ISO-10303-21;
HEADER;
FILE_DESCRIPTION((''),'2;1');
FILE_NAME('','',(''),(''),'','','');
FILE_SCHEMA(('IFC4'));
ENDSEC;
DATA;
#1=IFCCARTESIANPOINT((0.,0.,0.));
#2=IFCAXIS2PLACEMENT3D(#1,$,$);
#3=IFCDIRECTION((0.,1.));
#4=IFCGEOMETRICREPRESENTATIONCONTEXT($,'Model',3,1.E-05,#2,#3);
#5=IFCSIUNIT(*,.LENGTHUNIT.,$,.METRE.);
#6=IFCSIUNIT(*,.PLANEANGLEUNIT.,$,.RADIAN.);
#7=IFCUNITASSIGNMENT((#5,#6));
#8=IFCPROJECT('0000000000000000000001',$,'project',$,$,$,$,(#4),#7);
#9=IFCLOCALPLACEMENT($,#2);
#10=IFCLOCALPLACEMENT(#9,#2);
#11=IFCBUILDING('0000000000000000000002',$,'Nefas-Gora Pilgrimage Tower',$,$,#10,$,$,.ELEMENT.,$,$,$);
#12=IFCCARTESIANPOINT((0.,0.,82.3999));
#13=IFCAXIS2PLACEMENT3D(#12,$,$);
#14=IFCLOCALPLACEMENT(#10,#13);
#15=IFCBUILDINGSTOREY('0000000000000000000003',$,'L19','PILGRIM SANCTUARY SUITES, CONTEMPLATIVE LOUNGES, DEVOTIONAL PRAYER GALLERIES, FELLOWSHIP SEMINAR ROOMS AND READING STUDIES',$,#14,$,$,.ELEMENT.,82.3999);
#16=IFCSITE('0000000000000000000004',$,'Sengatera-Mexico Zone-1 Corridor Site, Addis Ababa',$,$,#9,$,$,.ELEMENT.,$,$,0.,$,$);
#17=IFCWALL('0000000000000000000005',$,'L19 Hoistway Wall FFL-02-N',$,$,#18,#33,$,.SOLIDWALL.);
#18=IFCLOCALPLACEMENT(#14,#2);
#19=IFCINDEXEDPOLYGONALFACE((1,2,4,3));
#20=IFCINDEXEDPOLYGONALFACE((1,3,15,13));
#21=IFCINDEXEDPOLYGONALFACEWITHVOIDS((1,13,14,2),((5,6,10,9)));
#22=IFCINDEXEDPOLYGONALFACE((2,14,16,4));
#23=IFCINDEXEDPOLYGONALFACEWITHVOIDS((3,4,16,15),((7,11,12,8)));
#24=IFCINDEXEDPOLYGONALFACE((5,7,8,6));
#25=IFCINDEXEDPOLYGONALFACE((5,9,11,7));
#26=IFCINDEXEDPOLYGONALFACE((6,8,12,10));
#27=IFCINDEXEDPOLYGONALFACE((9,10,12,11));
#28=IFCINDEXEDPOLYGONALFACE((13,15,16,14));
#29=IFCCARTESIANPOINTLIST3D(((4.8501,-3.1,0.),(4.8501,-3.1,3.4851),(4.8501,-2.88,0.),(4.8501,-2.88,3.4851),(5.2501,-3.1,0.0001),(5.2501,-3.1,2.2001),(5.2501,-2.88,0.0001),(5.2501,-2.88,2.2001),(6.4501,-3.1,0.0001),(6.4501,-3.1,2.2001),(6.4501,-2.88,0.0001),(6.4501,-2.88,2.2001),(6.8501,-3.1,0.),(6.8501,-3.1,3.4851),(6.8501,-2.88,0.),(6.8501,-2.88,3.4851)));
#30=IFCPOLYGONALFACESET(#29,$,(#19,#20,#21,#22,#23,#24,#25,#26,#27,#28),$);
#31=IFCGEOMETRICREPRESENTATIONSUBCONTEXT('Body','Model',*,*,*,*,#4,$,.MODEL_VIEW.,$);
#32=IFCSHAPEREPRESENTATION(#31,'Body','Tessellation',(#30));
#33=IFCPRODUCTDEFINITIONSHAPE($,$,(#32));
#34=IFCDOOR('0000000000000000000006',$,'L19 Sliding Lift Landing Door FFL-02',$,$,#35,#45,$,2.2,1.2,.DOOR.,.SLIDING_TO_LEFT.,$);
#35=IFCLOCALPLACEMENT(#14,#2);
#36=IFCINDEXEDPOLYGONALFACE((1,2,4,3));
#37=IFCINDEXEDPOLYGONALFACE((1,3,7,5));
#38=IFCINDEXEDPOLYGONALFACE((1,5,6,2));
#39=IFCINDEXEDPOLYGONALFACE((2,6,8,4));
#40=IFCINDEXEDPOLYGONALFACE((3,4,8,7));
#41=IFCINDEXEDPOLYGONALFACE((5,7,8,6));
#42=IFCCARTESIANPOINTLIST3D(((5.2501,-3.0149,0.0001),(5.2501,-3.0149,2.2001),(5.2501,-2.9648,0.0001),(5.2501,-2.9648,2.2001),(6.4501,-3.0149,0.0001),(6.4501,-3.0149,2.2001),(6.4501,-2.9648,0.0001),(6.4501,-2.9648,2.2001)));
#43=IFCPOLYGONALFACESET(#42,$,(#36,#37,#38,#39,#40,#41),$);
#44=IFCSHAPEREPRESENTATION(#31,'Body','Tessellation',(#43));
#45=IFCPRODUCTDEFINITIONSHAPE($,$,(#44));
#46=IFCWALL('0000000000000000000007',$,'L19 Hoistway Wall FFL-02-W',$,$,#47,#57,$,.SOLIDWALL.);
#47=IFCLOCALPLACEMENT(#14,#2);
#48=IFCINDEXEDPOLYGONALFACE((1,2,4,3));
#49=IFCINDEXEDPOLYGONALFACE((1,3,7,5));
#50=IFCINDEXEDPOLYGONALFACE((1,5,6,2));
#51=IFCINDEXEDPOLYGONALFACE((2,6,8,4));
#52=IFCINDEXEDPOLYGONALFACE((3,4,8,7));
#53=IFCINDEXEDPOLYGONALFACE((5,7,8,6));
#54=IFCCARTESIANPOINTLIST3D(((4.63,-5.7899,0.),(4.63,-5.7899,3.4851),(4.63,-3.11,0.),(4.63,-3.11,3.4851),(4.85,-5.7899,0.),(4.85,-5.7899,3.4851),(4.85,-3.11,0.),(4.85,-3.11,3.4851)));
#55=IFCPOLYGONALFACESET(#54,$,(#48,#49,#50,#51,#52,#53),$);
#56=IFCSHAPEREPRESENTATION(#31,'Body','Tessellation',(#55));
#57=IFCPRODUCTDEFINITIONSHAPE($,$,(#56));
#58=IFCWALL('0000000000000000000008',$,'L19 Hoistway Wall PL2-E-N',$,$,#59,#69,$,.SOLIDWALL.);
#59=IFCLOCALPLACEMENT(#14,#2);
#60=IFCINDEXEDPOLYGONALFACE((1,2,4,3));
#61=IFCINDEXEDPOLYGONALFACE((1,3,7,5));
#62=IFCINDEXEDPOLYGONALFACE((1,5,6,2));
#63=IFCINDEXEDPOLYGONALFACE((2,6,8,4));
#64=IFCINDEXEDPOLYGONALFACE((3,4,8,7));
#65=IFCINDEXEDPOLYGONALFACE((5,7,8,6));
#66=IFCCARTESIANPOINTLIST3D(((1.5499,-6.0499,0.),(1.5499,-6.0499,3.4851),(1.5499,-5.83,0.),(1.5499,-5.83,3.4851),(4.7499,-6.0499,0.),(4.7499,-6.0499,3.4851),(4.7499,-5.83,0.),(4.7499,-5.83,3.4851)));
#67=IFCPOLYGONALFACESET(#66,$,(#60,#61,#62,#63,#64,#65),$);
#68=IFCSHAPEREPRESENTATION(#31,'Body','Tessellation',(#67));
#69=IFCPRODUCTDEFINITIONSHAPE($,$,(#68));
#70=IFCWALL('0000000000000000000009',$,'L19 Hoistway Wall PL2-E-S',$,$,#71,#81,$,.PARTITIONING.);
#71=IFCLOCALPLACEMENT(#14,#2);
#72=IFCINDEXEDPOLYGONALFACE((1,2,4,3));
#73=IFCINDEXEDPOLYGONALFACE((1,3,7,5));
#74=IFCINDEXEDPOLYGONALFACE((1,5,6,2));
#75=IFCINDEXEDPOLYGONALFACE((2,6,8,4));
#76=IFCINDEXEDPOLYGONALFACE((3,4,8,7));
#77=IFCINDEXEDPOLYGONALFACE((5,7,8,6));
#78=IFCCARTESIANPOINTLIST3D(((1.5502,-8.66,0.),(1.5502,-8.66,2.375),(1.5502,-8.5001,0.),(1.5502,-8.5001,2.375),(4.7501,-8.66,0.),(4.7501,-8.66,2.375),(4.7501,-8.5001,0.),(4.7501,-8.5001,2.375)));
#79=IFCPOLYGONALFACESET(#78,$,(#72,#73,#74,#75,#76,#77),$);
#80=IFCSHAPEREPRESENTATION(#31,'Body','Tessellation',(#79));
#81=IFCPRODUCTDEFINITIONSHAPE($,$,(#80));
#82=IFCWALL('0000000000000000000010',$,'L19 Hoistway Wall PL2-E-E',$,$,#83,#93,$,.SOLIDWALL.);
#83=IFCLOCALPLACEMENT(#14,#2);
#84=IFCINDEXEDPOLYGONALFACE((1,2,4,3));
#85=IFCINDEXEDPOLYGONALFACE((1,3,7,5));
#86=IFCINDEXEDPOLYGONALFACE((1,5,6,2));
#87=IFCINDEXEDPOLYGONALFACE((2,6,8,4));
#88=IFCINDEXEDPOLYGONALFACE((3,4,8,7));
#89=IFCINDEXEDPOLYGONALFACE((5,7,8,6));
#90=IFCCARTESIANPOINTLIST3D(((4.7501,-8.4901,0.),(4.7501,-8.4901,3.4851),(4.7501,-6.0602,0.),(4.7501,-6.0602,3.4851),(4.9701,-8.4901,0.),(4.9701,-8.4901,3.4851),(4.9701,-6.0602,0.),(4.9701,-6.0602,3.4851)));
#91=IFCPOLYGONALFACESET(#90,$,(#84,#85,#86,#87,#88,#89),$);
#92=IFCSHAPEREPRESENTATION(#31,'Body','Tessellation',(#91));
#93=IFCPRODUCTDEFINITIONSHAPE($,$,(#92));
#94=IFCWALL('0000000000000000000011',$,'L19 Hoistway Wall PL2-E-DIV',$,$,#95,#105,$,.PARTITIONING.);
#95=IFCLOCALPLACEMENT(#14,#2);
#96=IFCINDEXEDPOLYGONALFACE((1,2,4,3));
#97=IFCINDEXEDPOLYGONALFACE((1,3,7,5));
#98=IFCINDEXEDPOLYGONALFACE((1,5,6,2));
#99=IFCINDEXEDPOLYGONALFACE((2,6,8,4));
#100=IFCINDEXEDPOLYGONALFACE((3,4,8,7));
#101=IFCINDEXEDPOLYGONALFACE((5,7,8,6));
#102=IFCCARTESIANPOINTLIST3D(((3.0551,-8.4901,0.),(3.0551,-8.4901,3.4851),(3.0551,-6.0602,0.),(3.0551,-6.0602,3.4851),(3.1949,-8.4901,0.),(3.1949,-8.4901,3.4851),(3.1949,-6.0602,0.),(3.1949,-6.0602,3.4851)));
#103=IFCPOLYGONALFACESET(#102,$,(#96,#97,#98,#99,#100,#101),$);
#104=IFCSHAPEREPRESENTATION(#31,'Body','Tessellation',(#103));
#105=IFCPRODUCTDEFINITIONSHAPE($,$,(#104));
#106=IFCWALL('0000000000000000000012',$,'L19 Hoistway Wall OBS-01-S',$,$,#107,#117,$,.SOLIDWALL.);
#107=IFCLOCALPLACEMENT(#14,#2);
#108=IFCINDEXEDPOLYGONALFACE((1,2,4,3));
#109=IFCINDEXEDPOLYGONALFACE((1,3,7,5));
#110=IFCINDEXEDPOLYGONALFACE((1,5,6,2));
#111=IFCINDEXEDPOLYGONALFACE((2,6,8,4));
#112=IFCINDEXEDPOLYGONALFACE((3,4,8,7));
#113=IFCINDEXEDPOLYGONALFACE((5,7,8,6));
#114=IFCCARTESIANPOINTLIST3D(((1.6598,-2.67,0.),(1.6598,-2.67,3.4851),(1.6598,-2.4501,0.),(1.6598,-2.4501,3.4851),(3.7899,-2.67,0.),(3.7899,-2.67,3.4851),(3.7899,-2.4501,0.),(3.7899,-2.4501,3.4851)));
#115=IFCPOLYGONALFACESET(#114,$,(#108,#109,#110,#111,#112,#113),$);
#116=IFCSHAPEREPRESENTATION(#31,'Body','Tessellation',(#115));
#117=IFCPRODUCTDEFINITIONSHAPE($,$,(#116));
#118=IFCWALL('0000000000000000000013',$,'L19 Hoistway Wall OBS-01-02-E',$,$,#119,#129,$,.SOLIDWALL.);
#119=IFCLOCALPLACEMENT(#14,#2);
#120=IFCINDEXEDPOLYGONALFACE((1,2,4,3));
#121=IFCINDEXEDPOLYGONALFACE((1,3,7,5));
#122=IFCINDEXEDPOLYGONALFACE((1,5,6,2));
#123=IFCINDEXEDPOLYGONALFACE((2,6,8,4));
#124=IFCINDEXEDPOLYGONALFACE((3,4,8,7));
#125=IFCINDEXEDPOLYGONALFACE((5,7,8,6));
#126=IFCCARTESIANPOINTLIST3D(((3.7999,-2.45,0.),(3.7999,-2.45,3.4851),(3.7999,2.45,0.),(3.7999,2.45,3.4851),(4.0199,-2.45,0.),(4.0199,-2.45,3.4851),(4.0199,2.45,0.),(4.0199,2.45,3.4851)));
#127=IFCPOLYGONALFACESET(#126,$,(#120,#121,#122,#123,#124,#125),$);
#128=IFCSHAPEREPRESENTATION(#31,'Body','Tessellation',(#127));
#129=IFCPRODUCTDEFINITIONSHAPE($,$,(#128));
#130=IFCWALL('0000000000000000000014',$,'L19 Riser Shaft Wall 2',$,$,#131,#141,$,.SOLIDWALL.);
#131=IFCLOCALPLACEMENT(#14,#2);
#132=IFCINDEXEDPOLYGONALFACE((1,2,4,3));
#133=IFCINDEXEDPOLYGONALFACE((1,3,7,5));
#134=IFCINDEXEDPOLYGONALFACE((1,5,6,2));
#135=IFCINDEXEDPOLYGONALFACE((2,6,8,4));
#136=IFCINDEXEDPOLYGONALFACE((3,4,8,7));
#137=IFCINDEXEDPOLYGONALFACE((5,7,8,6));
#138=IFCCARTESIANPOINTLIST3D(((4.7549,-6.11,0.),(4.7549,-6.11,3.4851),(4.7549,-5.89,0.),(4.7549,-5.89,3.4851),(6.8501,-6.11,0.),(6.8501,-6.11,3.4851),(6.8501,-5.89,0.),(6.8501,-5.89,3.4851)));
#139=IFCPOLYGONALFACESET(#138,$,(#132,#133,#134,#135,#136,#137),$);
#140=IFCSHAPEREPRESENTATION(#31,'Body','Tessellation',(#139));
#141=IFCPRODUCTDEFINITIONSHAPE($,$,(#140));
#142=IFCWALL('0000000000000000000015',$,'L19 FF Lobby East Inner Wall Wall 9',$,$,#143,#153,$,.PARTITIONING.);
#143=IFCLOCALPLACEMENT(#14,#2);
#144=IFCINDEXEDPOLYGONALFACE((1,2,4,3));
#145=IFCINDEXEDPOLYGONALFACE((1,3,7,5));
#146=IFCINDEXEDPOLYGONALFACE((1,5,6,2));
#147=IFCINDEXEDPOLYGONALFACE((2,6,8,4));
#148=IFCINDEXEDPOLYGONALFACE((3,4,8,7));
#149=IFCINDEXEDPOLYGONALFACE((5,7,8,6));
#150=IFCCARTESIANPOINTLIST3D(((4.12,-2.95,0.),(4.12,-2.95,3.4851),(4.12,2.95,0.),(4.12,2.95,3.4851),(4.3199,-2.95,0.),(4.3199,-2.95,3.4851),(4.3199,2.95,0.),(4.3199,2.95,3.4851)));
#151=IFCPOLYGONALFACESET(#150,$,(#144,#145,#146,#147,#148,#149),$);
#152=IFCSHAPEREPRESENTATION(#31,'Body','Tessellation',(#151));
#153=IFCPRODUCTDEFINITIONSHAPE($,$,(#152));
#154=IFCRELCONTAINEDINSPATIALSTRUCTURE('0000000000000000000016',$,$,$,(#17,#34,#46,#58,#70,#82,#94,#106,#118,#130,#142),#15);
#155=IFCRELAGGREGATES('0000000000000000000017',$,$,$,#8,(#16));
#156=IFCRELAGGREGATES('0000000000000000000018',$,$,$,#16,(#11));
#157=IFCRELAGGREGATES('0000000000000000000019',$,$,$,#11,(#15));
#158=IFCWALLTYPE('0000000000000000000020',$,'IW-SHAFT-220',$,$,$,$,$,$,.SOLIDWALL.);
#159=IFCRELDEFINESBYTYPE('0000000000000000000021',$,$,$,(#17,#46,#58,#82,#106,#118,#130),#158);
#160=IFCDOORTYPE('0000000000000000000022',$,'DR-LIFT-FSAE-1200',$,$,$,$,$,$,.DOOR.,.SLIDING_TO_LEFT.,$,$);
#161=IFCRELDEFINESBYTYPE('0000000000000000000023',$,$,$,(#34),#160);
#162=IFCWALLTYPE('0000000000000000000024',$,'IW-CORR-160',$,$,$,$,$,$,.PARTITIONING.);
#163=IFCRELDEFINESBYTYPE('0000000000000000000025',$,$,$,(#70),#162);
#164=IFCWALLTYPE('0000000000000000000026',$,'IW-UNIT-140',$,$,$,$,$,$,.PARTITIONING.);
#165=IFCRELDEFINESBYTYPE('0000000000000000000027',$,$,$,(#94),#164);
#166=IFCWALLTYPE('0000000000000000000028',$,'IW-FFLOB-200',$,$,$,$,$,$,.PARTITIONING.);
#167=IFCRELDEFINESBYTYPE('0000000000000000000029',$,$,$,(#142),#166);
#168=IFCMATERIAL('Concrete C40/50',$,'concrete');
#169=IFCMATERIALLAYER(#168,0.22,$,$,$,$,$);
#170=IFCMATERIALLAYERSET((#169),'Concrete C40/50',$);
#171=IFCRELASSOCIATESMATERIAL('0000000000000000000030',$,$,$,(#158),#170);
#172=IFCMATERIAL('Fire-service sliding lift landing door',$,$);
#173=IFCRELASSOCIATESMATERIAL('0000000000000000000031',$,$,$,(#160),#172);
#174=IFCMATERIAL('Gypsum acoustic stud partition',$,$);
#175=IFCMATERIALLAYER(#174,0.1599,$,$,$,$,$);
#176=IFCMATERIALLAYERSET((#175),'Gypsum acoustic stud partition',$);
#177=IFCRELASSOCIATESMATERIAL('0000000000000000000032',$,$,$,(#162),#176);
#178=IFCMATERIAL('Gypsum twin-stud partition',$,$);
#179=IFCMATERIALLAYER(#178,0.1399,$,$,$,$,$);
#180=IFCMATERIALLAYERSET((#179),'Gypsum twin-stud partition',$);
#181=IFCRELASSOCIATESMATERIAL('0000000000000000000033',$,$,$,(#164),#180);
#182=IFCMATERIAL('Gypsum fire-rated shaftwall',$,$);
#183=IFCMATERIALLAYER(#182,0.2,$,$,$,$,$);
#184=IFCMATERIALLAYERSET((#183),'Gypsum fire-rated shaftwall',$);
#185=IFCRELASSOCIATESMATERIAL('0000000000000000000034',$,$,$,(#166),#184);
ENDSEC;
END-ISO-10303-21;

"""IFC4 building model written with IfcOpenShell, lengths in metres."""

from ifc_helpers import new_model, si_unit, direction, frame, frame_2d, origin, place, context, subcontext, project, spatial, rectangle, extrude, source, transform, mapped, material, layer, layer_set, type_object, element, fill, save


model = new_model("IFC4")

# Units and contexts
model_context = context("Model", 3, precision=1e-05, world=origin(), true_north=direction((0.0, 1.0)))
body_context = subcontext(model_context, "Body", "Model", "MODEL_VIEW")
ifc_project = project(units=[si_unit("LENGTHUNIT", "METRE"), si_unit("PLANEANGLEUNIT", "RADIAN")], contexts=[model_context])

# Site, building, storey
site_placement = place(None, origin())
site = spatial("IfcSite", under=ifc_project, at=site_placement, Name="Sengatera-Mexico Zone-1 Corridor Site, Addis Ababa", CompositionType="ELEMENT", RefElevation=0.0)
building_placement = place(site_placement, origin())
building = spatial("IfcBuilding", under=site, at=building_placement, Name="Nefas-Gora Pilgrimage Tower", CompositionType="ELEMENT")
storey_placement = place(building_placement, frame((0.0, 0.0, 82.3999)))
storey = spatial("IfcBuildingStorey", under=building, at=storey_placement, Name="L19", Description="PILGRIM SANCTUARY SUITES, CONTEMPLATIVE LOUNGES, DEVOTIONAL PRAYER GALLERIES, FELLOWSHIP SEMINAR ROOMS AND READING STUDIES", CompositionType="ELEMENT", Elevation=82.3999)

# Wall, opening, door
ifc_material_1 = material(Name="Concrete C40/50", Category="concrete")
ifc_layer_1 = layer(ifc_material_1, 0.22)
ifc_layer_set_1 = layer_set([ifc_layer_1], Name="Concrete C40/50")
wall_type_1 = type_object("IfcWallType", Name="IW-SHAFT-220", PredefinedType="SOLIDWALL", material=ifc_layer_set_1)
shared_shape_1 = source(origin(), body_context, "Body", "SweptSolid", [
    extrude(rectangle(XDim=2.0, YDim=0.22, at=frame_2d((1.0, 0.0))), origin(), (0.0, 0.0, 1.0), 3.4851),
])
wall_1_placement = place(storey_placement, frame((6.8501, -2.99, 0.0), z_axis=(0.0, 0.0, 1.0), x_axis=(-1.0, 0.0, 0.0)))
wall_1 = element("IfcWall", 1, at=wall_1_placement, inside=storey, type_object=wall_type_1, Name="L19 Hoistway Wall FFL-02-N", PredefinedType="SOLIDWALL", context=body_context, shape_type="MappedRepresentation", body=[
    mapped(shared_shape_1, transform((0.0, 0.0, 0.0), x_axis=(1.0, 0.0, 0.0), y_axis=(0.0, 1.0, 0.0), z_axis=(0.0, 0.0, 1.0), scale=1.0)),
])
opening_1_placement = place(wall_1_placement, frame((0.3999, 0.0, 0.0)))
opening_1 = element("IfcOpeningElement", 2, at=opening_1_placement, cuts=wall_1, PredefinedType="OPENING", context=body_context, shape_type="SweptSolid", body=[
    extrude(rectangle(XDim=1.2, YDim=2.2, at=frame_2d((0.6001, 1.1001))), frame((0.0, 0.1199, 0.0), z_axis=(0.0, -1.0, 0.0), x_axis=(1.0, 0.0, 0.0)), (0.0, 0.0, 1.0), 0.24),
])
ifc_material_2 = material(Name="Fire-service sliding lift landing door")
door_type_1 = type_object("IfcDoorType", Name="DR-LIFT-FSAE-1200", OperationType="SLIDING_TO_LEFT", PredefinedType="DOOR", material=ifc_material_2)
shared_shape_2 = source(origin(), body_context, "Body", "SweptSolid", [
    extrude(rectangle(XDim=1.2, YDim=2.2, at=frame_2d((0.6001, 1.1001))), frame((0.0, 0.0249, 0.0), z_axis=(0.0, -1.0, 0.0), x_axis=(1.0, 0.0, 0.0)), (0.0, 0.0, 1.0), 0.05),
])
door_1_placement = place(opening_1_placement, origin())
door_1 = element("IfcDoor", 3, at=door_1_placement, inside=storey, type_object=door_type_1, Name="L19 Sliding Lift Landing Door FFL-02", OperationType="SLIDING_TO_LEFT", OverallHeight=2.2, OverallWidth=1.2, PredefinedType="DOOR", context=body_context, shape_type="MappedRepresentation", body=[
    mapped(shared_shape_2, transform((0.0, 0.0, 0.0), x_axis=(1.0, 0.0, 0.0), y_axis=(0.0, 1.0, 0.0), z_axis=(0.0, 0.0, 1.0), scale=1.0)),
])
fill(opening_1, door_1)

# Walls
shared_shape_3 = source(origin(), body_context, "Body", "SweptSolid", [
    extrude(rectangle(XDim=2.6799, YDim=0.22, at=frame_2d((1.3398, 0.0))), origin(), (0.0, 0.0, 1.0), 3.4851),
])
wall_2_placement = place(storey_placement, frame((4.74, -3.1101, 0.0), z_axis=(0.0, 0.0, 1.0), x_axis=(0.0, -1.0, 0.0)))
element("IfcWall", 4, at=wall_2_placement, inside=storey, type_object=wall_type_1, Name="L19 Hoistway Wall FFL-02-W", PredefinedType="SOLIDWALL", context=body_context, shape_type="MappedRepresentation", body=[
    mapped(shared_shape_3, transform((0.0, 0.0, 0.0), x_axis=(1.0, 0.0, 0.0), y_axis=(0.0, 1.0, 0.0), z_axis=(0.0, 0.0, 1.0), scale=1.0)),
])
shared_shape_4 = source(origin(), body_context, "Body", "SweptSolid", [
    extrude(rectangle(XDim=3.2, YDim=0.22, at=frame_2d((1.6001, 0.0))), origin(), (0.0, 0.0, 1.0), 3.4851),
])
wall_3_placement = place(storey_placement, frame((4.75, -5.9399, 0.0), z_axis=(0.0, 0.0, 1.0), x_axis=(-1.0, 0.0, 0.0)))
element("IfcWall", 5, at=wall_3_placement, inside=storey, type_object=wall_type_1, Name="L19 Hoistway Wall PL2-E-N", PredefinedType="SOLIDWALL", context=body_context, shape_type="MappedRepresentation", body=[
    mapped(shared_shape_4, transform((0.0, 0.0, 0.0), x_axis=(1.0, 0.0, 0.0), y_axis=(0.0, 1.0, 0.0), z_axis=(0.0, 0.0, 1.0), scale=1.0)),
])
ifc_material_3 = material(Name="Gypsum acoustic stud partition")
ifc_layer_2 = layer(ifc_material_3, 0.1599)
ifc_layer_set_2 = layer_set([ifc_layer_2], Name="Gypsum acoustic stud partition")
wall_type_2 = type_object("IfcWallType", Name="IW-CORR-160", PredefinedType="PARTITIONING", material=ifc_layer_set_2)
shared_shape_5 = source(origin(), body_context, "Body", "SweptSolid", [
    extrude(rectangle(XDim=3.2, YDim=0.1599, at=frame_2d((1.6001, 0.0))), origin(), (0.0, 0.0, 1.0), 2.375),
])
wall_4_placement = place(storey_placement, frame((1.55, -8.5801, 0.0), z_axis=(0.0, 0.0, 1.0), x_axis=(1.0, 0.0, 0.0)))
element("IfcWall", 6, at=wall_4_placement, inside=storey, type_object=wall_type_2, Name="L19 Hoistway Wall PL2-E-S", PredefinedType="PARTITIONING", context=body_context, shape_type="MappedRepresentation", body=[
    mapped(shared_shape_5, transform((0.0, 0.0, 0.0), x_axis=(1.0, 0.0, 0.0), y_axis=(0.0, 1.0, 0.0), z_axis=(0.0, 0.0, 1.0), scale=1.0)),
])
shared_shape_6 = source(origin(), body_context, "Body", "SweptSolid", [
    extrude(rectangle(XDim=2.4299, YDim=0.22, at=frame_2d((1.2148, 0.0))), origin(), (0.0, 0.0, 1.0), 3.4851),
])
for number, where, z_axis, x_axis, name in (
    (7, (4.8601, -8.49, 0.0), (0.0, 0.0, 1.0), (0.0, 1.0, 0.0), "L19 Hoistway Wall PL2-E-E"),
):
    element("IfcWall", number, at=place(storey_placement, frame(where, z_axis=z_axis, x_axis=x_axis)), inside=storey, type_object=wall_type_1, Name=name, PredefinedType="SOLIDWALL", context=body_context, shape_type="MappedRepresentation", body=[
        mapped(shared_shape_6, transform((0.0, 0.0, 0.0), x_axis=(1.0, 0.0, 0.0), y_axis=(0.0, 1.0, 0.0), z_axis=(0.0, 0.0, 1.0), scale=1.0)),
    ])
ifc_material_4 = material(Name="Gypsum twin-stud partition")
ifc_layer_3 = layer(ifc_material_4, 0.1399)
ifc_layer_set_3 = layer_set([ifc_layer_3], Name="Gypsum twin-stud partition")
wall_type_3 = type_object("IfcWallType", Name="IW-UNIT-140", PredefinedType="PARTITIONING", material=ifc_layer_set_3)
shared_shape_7 = source(origin(), body_context, "Body", "SweptSolid", [
    extrude(rectangle(XDim=2.4299, YDim=0.1399, at=frame_2d((1.2148, 0.0))), origin(), (0.0, 0.0, 1.0), 3.4851),
])
wall_5_placement = place(storey_placement, frame((3.125, -8.49, 0.0), z_axis=(0.0, 0.0, 1.0), x_axis=(0.0, 1.0, 0.0)))
element("IfcWall", 8, at=wall_5_placement, inside=storey, type_object=wall_type_3, Name="L19 Hoistway Wall PL2-E-DIV", PredefinedType="PARTITIONING", context=body_context, shape_type="MappedRepresentation", body=[
    mapped(shared_shape_7, transform((0.0, 0.0, 0.0), x_axis=(1.0, 0.0, 0.0), y_axis=(0.0, 1.0, 0.0), z_axis=(0.0, 0.0, 1.0), scale=1.0)),
])
shared_shape_8 = source(origin(), body_context, "Body", "SweptSolid", [
    extrude(rectangle(XDim=2.1301, YDim=0.22, at=frame_2d((1.0649, 0.0))), origin(), (0.0, 0.0, 1.0), 3.4851),
])
wall_6_placement = place(storey_placement, frame((1.6599, -2.5601, 0.0), z_axis=(0.0, 0.0, 1.0), x_axis=(1.0, 0.0, 0.0)))
element("IfcWall", 9, at=wall_6_placement, inside=storey, type_object=wall_type_1, Name="L19 Hoistway Wall OBS-01-S", PredefinedType="SOLIDWALL", context=body_context, shape_type="MappedRepresentation", body=[
    mapped(shared_shape_8, transform((0.0, 0.0, 0.0), x_axis=(1.0, 0.0, 0.0), y_axis=(0.0, 1.0, 0.0), z_axis=(0.0, 0.0, 1.0), scale=1.0)),
])
shared_shape_9 = source(origin(), body_context, "Body", "SweptSolid", [
    extrude(rectangle(XDim=4.8999, YDim=0.22, at=frame_2d((2.45, 0.0))), origin(), (0.0, 0.0, 1.0), 3.4851),
])
wall_7_placement = place(storey_placement, frame((3.9099, -2.45, 0.0), z_axis=(0.0, 0.0, 1.0), x_axis=(0.0, 1.0, 0.0)))
element("IfcWall", 10, at=wall_7_placement, inside=storey, type_object=wall_type_1, Name="L19 Hoistway Wall OBS-01-02-E", PredefinedType="SOLIDWALL", context=body_context, shape_type="MappedRepresentation", body=[
    mapped(shared_shape_9, transform((0.0, 0.0, 0.0), x_axis=(1.0, 0.0, 0.0), y_axis=(0.0, 1.0, 0.0), z_axis=(0.0, 0.0, 1.0), scale=1.0)),
])
shared_shape_10 = source(origin(), body_context, "Body", "SweptSolid", [
    extrude(rectangle(XDim=2.0952, YDim=0.22, at=frame_2d((1.0476, 0.0))), origin(), (0.0, 0.0, 1.0), 3.4851),
])
wall_8_placement = place(storey_placement, frame((4.7549, -6.0, 0.0), z_axis=(0.0, 0.0, 1.0), x_axis=(1.0, 0.0, 0.0)))
element("IfcWall", 11, at=wall_8_placement, inside=storey, type_object=wall_type_1, Name="L19 Riser Shaft Wall 2", PredefinedType="SOLIDWALL", context=body_context, shape_type="MappedRepresentation", body=[
    mapped(shared_shape_10, transform((0.0, 0.0, 0.0), x_axis=(1.0, 0.0, 0.0), y_axis=(0.0, 1.0, 0.0), z_axis=(0.0, 0.0, 1.0), scale=1.0)),
])

# Shared definitions
ifc_material_5 = material(Name="Gypsum fire-rated shaftwall")
ifc_layer_4 = layer(ifc_material_5, 0.2)
ifc_layer_set_4 = layer_set([ifc_layer_4], Name="Gypsum fire-rated shaftwall")
wall_type_4 = type_object("IfcWallType", Name="IW-FFLOB-200", PredefinedType="PARTITIONING", material=ifc_layer_set_4)

# Wall
shared_shape_11 = source(origin(), body_context, "Body", "SweptSolid", [
    extrude(rectangle(XDim=5.8999, YDim=0.2, at=frame_2d((2.95, 0.0))), origin(), (0.0, 0.0, 1.0), 3.4851),
])
wall_9_placement = place(storey_placement, frame((4.22, -2.95, 0.0), z_axis=(0.0, 0.0, 1.0), x_axis=(0.0, 1.0, 0.0)))
element("IfcWall", 12, at=wall_9_placement, inside=storey, type_object=wall_type_4, Name="L19 FF Lobby East Inner Wall Wall 9", PredefinedType="PARTITIONING", context=body_context, shape_type="MappedRepresentation", body=[
    mapped(shared_shape_11, transform((0.0, 0.0, 0.0), x_axis=(1.0, 0.0, 0.0), y_axis=(0.0, 1.0, 0.0), z_axis=(0.0, 0.0, 1.0), scale=1.0)),
])

save(model, "model.ifc")
